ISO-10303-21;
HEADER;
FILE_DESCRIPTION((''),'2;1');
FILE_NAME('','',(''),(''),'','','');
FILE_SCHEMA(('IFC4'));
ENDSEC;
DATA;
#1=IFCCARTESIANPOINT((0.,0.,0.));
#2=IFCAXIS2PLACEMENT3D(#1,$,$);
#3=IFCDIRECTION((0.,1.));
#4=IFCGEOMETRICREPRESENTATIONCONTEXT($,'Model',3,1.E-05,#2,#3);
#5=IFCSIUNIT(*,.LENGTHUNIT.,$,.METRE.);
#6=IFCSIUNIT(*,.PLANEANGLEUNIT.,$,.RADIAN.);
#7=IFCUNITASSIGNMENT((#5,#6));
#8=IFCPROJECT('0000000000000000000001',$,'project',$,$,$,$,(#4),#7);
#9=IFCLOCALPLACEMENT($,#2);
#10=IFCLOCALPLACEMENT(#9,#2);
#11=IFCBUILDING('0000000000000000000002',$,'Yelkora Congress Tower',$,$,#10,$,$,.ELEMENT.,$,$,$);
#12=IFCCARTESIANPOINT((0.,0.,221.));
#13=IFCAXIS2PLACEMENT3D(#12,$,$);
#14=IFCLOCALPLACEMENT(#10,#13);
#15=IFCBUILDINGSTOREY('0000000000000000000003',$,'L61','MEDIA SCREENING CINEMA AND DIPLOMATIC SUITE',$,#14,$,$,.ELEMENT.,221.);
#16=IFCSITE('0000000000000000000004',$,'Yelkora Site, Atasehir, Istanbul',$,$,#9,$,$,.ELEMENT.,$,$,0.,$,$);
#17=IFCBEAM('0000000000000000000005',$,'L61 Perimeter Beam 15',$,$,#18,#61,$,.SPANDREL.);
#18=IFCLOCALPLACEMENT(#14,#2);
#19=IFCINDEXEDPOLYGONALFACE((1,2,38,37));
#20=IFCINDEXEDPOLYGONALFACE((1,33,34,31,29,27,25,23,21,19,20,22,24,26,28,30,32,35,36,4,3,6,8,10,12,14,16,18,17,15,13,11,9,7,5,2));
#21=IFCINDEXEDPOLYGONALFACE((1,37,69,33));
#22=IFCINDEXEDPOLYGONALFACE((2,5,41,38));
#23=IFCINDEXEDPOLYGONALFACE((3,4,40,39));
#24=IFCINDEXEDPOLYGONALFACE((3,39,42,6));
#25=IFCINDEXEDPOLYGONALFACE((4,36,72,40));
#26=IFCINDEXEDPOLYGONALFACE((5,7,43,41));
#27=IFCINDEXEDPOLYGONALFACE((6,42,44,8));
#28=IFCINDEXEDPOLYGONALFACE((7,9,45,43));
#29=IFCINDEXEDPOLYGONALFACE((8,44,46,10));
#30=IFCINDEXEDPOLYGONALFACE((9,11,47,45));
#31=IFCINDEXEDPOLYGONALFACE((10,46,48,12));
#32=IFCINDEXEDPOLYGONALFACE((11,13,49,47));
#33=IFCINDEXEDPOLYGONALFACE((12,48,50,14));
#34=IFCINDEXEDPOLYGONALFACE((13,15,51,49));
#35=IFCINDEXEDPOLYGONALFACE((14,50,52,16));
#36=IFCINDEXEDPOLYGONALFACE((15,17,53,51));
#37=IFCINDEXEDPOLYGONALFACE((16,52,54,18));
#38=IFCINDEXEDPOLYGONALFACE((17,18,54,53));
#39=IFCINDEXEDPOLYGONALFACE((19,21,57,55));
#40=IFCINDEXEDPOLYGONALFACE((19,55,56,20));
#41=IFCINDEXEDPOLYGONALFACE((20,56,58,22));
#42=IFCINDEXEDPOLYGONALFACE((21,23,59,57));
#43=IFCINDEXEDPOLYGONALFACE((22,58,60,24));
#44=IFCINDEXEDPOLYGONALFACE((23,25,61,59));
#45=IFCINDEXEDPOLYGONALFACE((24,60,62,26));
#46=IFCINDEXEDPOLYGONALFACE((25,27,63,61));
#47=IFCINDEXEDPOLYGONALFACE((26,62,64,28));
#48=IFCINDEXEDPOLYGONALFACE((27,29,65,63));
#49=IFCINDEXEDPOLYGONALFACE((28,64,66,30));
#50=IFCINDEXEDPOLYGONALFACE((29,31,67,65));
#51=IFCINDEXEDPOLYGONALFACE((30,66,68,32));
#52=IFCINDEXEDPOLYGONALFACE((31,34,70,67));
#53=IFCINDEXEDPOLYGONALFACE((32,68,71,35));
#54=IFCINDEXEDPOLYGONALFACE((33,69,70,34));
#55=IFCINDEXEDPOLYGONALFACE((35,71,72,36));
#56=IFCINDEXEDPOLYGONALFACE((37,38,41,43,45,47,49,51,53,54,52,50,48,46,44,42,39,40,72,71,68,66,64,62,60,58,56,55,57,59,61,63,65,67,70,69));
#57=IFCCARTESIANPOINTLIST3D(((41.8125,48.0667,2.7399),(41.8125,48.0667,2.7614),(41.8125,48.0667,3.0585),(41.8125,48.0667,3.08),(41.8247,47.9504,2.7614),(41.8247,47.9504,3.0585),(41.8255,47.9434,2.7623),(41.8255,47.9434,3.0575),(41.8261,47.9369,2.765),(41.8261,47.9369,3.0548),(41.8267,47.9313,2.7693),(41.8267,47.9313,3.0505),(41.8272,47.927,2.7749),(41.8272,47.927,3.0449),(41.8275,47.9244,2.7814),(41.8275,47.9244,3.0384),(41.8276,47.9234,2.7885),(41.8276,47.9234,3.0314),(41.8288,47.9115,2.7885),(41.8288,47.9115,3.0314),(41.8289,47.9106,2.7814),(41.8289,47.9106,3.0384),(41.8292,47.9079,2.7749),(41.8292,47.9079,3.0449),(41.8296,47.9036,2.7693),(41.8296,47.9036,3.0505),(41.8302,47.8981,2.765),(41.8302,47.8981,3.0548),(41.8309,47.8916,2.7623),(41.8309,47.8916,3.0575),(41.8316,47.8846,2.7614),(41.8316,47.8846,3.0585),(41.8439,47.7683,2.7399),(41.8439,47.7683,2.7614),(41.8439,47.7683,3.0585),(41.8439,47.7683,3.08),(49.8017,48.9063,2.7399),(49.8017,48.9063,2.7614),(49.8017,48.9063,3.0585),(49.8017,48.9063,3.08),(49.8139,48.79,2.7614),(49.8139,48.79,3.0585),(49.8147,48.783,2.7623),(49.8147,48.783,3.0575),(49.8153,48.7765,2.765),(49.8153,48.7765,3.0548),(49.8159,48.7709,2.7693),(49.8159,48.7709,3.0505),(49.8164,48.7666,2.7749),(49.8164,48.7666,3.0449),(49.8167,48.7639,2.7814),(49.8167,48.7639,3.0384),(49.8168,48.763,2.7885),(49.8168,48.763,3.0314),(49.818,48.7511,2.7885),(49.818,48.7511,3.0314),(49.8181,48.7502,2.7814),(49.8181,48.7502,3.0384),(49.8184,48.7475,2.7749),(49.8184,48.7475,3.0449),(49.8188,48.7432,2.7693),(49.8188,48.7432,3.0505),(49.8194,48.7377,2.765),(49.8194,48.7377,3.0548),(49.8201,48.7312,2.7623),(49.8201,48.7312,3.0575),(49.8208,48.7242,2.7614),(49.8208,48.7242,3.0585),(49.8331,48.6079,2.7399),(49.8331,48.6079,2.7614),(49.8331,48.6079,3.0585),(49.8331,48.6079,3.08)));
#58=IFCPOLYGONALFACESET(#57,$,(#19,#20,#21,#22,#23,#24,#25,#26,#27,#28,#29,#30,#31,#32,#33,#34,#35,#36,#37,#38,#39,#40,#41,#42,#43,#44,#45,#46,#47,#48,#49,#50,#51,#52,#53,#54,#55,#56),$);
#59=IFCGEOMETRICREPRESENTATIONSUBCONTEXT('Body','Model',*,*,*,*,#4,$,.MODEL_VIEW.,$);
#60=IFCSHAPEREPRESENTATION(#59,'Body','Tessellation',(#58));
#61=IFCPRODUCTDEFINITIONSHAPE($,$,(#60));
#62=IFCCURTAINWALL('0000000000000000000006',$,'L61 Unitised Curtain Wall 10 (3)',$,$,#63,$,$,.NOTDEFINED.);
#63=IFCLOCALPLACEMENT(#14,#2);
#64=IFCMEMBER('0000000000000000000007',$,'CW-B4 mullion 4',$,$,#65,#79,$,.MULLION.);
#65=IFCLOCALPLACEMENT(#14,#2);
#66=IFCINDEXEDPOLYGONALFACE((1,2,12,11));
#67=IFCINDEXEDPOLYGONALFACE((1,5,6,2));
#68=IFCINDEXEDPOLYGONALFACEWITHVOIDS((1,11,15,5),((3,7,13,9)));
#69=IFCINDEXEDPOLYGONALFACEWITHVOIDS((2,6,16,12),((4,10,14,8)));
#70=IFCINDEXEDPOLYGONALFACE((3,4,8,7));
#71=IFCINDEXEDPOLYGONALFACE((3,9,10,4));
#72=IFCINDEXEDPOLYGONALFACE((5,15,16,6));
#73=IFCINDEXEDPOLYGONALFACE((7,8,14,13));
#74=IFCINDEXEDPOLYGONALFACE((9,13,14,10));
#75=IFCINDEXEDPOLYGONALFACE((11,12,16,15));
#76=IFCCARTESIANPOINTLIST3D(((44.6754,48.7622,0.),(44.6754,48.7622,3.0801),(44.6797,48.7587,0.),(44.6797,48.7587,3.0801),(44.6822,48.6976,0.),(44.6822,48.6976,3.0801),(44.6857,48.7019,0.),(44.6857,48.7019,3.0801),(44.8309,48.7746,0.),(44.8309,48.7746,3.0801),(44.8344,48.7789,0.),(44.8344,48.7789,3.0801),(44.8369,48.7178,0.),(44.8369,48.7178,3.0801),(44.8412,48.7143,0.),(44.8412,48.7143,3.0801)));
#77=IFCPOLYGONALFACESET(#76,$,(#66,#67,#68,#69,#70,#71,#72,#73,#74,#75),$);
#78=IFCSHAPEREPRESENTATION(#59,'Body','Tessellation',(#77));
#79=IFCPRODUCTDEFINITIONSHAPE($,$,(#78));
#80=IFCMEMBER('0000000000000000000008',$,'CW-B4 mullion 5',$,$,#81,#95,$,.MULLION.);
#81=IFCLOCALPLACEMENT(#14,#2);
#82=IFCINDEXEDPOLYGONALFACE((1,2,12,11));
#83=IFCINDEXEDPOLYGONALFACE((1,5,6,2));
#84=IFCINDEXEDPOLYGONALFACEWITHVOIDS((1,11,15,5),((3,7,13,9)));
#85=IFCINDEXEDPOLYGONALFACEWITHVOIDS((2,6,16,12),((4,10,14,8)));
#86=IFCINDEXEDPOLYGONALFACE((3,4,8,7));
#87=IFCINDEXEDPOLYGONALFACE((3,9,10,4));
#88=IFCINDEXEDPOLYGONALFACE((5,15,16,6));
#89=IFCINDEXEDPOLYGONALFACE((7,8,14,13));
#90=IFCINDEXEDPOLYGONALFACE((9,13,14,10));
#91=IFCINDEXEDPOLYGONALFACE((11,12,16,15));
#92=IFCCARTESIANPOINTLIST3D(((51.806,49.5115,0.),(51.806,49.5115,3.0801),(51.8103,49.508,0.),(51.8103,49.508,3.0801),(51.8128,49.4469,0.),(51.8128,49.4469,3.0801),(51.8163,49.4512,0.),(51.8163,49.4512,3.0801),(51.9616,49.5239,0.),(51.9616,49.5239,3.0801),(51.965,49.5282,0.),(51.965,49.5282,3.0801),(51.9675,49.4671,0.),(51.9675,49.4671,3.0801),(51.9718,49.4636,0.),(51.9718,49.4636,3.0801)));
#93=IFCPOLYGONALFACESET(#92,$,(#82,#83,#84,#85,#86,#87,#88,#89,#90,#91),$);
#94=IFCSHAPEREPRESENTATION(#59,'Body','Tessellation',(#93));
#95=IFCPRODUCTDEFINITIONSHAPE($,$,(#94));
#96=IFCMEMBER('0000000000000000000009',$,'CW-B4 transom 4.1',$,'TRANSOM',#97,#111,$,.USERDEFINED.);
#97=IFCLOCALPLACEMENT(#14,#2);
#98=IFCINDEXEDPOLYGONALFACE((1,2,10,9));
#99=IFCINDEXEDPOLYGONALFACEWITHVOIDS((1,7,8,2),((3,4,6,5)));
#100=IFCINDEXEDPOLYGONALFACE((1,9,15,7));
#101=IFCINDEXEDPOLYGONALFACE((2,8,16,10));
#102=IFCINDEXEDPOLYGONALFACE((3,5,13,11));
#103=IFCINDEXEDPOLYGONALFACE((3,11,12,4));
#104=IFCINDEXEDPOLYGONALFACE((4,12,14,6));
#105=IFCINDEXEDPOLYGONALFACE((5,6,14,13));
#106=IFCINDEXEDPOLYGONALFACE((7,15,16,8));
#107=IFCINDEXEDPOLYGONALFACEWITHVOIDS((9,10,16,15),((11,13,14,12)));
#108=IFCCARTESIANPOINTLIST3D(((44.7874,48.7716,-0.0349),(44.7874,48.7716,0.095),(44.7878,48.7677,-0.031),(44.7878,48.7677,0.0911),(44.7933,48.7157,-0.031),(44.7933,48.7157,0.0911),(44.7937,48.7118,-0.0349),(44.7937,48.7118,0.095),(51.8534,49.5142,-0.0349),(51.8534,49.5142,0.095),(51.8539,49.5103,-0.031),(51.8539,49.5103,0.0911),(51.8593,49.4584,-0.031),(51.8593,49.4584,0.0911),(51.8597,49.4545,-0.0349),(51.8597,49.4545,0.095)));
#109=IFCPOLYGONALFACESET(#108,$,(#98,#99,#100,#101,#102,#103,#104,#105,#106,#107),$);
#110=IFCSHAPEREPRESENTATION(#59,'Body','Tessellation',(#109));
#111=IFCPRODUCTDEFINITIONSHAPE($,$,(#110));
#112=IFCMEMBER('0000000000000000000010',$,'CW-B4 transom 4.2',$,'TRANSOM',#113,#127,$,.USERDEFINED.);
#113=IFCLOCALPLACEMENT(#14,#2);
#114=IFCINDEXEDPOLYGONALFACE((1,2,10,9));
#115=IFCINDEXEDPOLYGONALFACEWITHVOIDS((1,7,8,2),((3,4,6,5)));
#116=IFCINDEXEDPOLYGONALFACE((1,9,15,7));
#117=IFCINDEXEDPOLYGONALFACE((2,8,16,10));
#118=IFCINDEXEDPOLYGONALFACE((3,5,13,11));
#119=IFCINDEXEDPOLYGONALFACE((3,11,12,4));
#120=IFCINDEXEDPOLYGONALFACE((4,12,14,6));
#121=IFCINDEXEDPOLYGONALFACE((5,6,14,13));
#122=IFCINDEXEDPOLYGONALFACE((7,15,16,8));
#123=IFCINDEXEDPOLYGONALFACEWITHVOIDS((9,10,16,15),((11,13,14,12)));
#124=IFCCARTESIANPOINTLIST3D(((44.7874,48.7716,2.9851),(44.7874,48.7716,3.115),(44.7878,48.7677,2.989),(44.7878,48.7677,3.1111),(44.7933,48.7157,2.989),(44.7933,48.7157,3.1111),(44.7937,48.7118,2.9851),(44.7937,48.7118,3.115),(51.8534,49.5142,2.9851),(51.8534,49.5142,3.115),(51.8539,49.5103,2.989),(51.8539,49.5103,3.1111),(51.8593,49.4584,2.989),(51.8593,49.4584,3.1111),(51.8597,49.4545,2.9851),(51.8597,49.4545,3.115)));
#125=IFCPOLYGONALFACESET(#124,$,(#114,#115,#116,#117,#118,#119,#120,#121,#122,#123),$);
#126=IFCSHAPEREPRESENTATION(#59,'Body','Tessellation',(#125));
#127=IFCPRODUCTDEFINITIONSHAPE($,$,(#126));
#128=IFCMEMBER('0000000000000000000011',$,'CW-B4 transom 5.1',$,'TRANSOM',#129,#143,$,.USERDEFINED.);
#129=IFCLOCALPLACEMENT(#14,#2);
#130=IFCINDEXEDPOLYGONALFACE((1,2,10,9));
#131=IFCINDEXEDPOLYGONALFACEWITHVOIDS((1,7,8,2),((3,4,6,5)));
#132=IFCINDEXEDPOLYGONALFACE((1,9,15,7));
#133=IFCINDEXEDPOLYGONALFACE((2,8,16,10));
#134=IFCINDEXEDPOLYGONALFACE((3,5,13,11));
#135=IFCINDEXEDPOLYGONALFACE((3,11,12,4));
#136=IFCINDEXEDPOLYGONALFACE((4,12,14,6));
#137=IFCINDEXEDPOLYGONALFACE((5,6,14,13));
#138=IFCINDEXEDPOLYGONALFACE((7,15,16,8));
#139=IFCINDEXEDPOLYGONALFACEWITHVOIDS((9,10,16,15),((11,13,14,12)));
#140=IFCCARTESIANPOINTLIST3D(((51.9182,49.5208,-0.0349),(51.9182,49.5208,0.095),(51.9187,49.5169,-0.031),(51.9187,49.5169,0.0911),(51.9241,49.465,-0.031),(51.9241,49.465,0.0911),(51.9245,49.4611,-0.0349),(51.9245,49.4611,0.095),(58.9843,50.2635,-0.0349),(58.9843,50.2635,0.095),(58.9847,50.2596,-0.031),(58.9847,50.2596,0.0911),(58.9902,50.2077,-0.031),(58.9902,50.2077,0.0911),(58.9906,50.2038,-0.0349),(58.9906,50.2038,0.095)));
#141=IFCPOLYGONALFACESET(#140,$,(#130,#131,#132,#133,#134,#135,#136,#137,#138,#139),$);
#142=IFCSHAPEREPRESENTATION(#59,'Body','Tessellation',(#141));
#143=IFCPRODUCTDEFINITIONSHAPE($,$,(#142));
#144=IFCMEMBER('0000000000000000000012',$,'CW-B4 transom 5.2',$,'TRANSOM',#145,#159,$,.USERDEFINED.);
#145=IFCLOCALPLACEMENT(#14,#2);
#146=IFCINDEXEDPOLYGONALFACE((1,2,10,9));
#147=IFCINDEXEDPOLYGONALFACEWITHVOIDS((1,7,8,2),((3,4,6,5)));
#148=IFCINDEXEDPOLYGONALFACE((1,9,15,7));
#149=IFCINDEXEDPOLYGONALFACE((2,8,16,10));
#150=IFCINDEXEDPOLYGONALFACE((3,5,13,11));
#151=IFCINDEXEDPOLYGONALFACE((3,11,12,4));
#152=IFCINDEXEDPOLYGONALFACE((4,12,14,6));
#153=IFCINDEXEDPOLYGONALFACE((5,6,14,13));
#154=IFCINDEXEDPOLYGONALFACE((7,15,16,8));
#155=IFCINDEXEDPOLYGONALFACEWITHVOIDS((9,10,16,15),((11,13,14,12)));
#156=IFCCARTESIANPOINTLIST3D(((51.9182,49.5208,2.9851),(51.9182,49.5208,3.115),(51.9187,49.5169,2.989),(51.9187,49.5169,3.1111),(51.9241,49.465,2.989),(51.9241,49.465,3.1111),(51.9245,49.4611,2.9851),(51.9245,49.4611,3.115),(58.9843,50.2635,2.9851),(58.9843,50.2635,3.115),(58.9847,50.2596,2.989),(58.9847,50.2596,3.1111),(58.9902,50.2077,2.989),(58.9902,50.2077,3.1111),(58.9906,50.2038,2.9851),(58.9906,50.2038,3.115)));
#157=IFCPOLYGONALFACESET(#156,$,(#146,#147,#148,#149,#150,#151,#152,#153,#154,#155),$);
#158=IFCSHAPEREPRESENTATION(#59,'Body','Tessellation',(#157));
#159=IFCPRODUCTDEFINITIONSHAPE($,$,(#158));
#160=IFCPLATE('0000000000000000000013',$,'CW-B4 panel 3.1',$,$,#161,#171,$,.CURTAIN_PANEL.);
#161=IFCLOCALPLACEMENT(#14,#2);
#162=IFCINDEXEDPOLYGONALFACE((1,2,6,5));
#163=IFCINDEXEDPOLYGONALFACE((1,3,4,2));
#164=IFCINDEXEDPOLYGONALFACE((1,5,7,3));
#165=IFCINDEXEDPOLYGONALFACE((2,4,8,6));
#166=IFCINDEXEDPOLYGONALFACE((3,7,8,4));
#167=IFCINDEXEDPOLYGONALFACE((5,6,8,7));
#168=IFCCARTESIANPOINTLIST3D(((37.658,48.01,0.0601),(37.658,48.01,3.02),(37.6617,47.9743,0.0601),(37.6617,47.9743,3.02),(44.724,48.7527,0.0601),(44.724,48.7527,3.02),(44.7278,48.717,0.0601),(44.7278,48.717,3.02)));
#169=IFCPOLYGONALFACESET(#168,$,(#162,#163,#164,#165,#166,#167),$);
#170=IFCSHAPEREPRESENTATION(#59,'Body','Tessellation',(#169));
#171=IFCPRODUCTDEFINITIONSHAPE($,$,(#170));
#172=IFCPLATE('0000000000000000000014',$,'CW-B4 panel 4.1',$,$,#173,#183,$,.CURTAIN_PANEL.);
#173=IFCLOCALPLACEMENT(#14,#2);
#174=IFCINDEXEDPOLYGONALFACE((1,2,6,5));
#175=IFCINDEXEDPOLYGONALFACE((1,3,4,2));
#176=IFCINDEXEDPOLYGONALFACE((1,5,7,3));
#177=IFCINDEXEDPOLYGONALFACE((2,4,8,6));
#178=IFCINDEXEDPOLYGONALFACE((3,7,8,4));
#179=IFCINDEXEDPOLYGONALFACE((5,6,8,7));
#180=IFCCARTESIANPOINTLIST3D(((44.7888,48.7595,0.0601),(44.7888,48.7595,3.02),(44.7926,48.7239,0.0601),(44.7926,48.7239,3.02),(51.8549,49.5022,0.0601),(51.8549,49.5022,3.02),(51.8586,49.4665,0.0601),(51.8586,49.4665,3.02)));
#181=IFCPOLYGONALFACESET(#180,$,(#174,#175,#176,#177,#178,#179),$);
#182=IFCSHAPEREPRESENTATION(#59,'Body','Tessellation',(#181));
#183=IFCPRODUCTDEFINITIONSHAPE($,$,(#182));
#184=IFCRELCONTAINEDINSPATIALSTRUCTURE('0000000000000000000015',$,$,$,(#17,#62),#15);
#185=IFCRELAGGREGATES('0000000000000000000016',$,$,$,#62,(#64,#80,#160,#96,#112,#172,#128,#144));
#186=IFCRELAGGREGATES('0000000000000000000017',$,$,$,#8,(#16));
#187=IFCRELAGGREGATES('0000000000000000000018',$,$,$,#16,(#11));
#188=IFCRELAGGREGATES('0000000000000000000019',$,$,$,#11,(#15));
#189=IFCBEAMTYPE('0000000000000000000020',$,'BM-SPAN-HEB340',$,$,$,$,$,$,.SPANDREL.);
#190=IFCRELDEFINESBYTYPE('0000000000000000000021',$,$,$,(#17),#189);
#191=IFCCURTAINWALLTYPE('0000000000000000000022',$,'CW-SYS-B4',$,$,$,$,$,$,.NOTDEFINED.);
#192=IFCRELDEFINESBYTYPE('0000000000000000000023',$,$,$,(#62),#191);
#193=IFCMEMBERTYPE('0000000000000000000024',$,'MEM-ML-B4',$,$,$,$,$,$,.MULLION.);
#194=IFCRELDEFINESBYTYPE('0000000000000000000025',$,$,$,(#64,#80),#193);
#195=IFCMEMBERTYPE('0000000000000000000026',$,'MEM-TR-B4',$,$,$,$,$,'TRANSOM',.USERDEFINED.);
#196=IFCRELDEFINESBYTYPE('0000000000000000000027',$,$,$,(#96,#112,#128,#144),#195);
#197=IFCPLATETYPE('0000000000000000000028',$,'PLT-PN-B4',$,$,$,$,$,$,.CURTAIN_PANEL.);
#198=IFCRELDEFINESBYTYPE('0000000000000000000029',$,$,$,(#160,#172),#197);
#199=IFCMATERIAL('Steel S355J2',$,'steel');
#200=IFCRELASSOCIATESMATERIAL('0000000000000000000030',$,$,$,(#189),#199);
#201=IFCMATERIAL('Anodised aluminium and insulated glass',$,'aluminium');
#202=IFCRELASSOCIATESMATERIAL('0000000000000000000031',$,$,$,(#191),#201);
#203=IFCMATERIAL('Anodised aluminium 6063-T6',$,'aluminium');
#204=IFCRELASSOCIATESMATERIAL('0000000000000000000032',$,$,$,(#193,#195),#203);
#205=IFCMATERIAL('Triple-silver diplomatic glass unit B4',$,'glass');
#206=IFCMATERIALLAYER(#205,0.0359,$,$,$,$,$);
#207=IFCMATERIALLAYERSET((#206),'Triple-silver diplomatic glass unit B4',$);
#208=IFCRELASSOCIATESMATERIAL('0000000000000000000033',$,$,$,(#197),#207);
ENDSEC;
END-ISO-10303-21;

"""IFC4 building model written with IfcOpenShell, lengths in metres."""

from ifc_helpers import new_model, si_unit, direction, frame, origin, origin_2d, place, context, subcontext, project, spatial, rectangle, hollow_rectangle, i_section, extrude, material, layer, layer_set, material_profile, profile_set, type_object, element, aggregate, save


model = new_model("IFC4")

# Units and contexts
model_context = context("Model", 3, precision=1e-05, world=origin(), true_north=direction((0.0, 1.0)))
body_context = subcontext(model_context, "Body", "Model", "MODEL_VIEW")
ifc_project = project(units=[si_unit("LENGTHUNIT", "METRE"), si_unit("PLANEANGLEUNIT", "RADIAN")], contexts=[model_context])

# Site, building, storey
site_placement = place(None, origin())
site = spatial("IfcSite", under=ifc_project, at=site_placement, Name="Yelkora Site, Atasehir, Istanbul", CompositionType="ELEMENT", RefElevation=0.0)
building_placement = place(site_placement, origin())
building = spatial("IfcBuilding", under=site, at=building_placement, Name="Yelkora Congress Tower", CompositionType="ELEMENT")
storey_placement = place(building_placement, frame((0.0, 0.0, 221.0)))
storey = spatial("IfcBuildingStorey", under=building, at=storey_placement, Name="L61", Description="MEDIA SCREENING CINEMA AND DIPLOMATIC SUITE", CompositionType="ELEMENT", Elevation=221.0)

# Shared definitions
ifc_material_1 = material(Name="Steel S355J2", Category="steel")

# Beam
ifc_material_profile_1 = material_profile(ifc_material_1, i_section(OverallWidth=0.3, OverallDepth=0.3401, WebThickness=0.012, FlangeThickness=0.0215, FilletRadius=0.0271, at=origin_2d()), Name="HEB 340")
ifc_profile_set_1 = profile_set([ifc_material_profile_1], Name="Steel S355J2")
beam_type_1 = type_object("IfcBeamType", Name="BM-SPAN-HEB340", PredefinedType="SPANDREL", material=ifc_profile_set_1)
beam_1_placement = place(storey_placement, frame((49.8174, 48.7571, 2.9099), z_axis=(-0.994523, -0.104516, 0.0), x_axis=(0.104516, -0.994523, 0.0)))
element("IfcBeam", 1, at=beam_1_placement, inside=storey, type_object=beam_type_1, Name="L61 Perimeter Beam 15", PredefinedType="SPANDREL", context=body_context, shape_type="SweptSolid", body=[
    extrude(i_section(OverallWidth=0.3, OverallDepth=0.3401, WebThickness=0.012, FlangeThickness=0.0215, FilletRadius=0.0271, at=origin_2d()), origin(), (0.0, 0.0, 1.0), 8.0332),
])

# Curtain wall, members, plates
ifc_material_2 = material(Name="Anodised aluminium and insulated glass", Category="aluminium")
curtain_wall_type = type_object("IfcCurtainWallType", Name="CW-SYS-B4", PredefinedType="NOTDEFINED", material=ifc_material_2)
curtain_wall_placement = place(storey_placement, origin())
curtain_wall = element("IfcCurtainWall", 2, at=curtain_wall_placement, inside=storey, type_object=curtain_wall_type, Name="L61 Unitised Curtain Wall 10 (3)", PredefinedType="NOTDEFINED")
ifc_material_3 = material(Name="Anodised aluminium 6063-T6", Category="aluminium")
ifc_material_profile_2 = material_profile(ifc_material_3, hollow_rectangle(XDim=0.0649, YDim=0.1599, WallThickness=0.0039, at=origin_2d()), Name="ALU 65x160x4")
ifc_profile_set_2 = profile_set([ifc_material_profile_2], Name="Anodised aluminium 6063-T6")
member_type_1 = type_object("IfcMemberType", Name="MEM-ML-B4", PredefinedType="MULLION", material=ifc_profile_set_2)
member_1_placement = place(storey_placement, frame((44.7583, 48.7383, 0.0), z_axis=(0.0, 0.0, 1.0), x_axis=(-0.104528, 0.994522, 0.0)))
member_1 = element("IfcMember", 3, at=member_1_placement, type_object=member_type_1, Name="CW-B4 mullion 4", PredefinedType="MULLION", context=body_context, shape_type="SweptSolid", body=[
    extrude(hollow_rectangle(XDim=0.0649, YDim=0.1599, WallThickness=0.0039, at=origin_2d()), origin(), (0.0, 0.0, 1.0), 3.0801),
])
member_2_placement = place(storey_placement, frame((51.8889, 49.4875, 0.0), z_axis=(0.0, 0.0, 1.0), x_axis=(-0.104528, 0.994522, 0.0)))
member_2 = element("IfcMember", 4, at=member_2_placement, type_object=member_type_1, Name="CW-B4 mullion 5", PredefinedType="MULLION", context=body_context, shape_type="SweptSolid", body=[
    extrude(hollow_rectangle(XDim=0.0649, YDim=0.1599, WallThickness=0.0039, at=origin_2d()), origin(), (0.0, 0.0, 1.0), 3.0801),
])
ifc_material_profile_3 = material_profile(ifc_material_3, hollow_rectangle(XDim=0.0601, YDim=0.1299, WallThickness=0.0039, at=origin_2d()), Name="ALU 60x130x4")
ifc_profile_set_3 = profile_set([ifc_material_profile_3], Name="Anodised aluminium 6063-T6")
member_type_2 = type_object("IfcMemberType", Name="MEM-TR-B4", ElementType="TRANSOM", PredefinedType="USERDEFINED", material=ifc_profile_set_3)
member_3_placement = place(storey_placement, frame((44.7905, 48.7417, 0.03), z_axis=(0.994522, 0.104527, 0.0), x_axis=(-0.104527, 0.994522, 0.0)))
member_3 = element("IfcMember", 5, at=member_3_placement, type_object=member_type_2, Name="CW-B4 transom 4.1", ObjectType="TRANSOM", PredefinedType="USERDEFINED", context=body_context, shape_type="SweptSolid", body=[
    extrude(hollow_rectangle(XDim=0.0601, YDim=0.1299, WallThickness=0.0039, at=origin_2d()), origin(), (0.0, 0.0, 1.0), 7.105),
])
member_4_placement = place(storey_placement, frame((44.7905, 48.7417, 3.05), z_axis=(0.994522, 0.104527, 0.0), x_axis=(-0.104527, 0.994522, 0.0)))
member_4 = element("IfcMember", 6, at=member_4_placement, type_object=member_type_2, Name="CW-B4 transom 4.2", ObjectType="TRANSOM", PredefinedType="USERDEFINED", context=body_context, shape_type="SweptSolid", body=[
    extrude(hollow_rectangle(XDim=0.0601, YDim=0.1299, WallThickness=0.0039, at=origin_2d()), origin(), (0.0, 0.0, 1.0), 7.105),
])
member_5_placement = place(storey_placement, frame((51.9214, 49.491, 0.03), z_axis=(0.994522, 0.104527, 0.0), x_axis=(-0.104527, 0.994522, 0.0)))
member_5 = element("IfcMember", 7, at=member_5_placement, type_object=member_type_2, Name="CW-B4 transom 5.1", ObjectType="TRANSOM", PredefinedType="USERDEFINED", context=body_context, shape_type="SweptSolid", body=[
    extrude(hollow_rectangle(XDim=0.0601, YDim=0.1299, WallThickness=0.0039, at=origin_2d()), origin(), (0.0, 0.0, 1.0), 7.105),
])
member_6_placement = place(storey_placement, frame((51.9214, 49.491, 3.05), z_axis=(0.994522, 0.104527, 0.0), x_axis=(-0.104527, 0.994522, 0.0)))
member_6 = element("IfcMember", 8, at=member_6_placement, type_object=member_type_2, Name="CW-B4 transom 5.2", ObjectType="TRANSOM", PredefinedType="USERDEFINED", context=body_context, shape_type="SweptSolid", body=[
    extrude(hollow_rectangle(XDim=0.0601, YDim=0.1299, WallThickness=0.0039, at=origin_2d()), origin(), (0.0, 0.0, 1.0), 7.105),
])
ifc_material_4 = material(Name="Triple-silver diplomatic glass unit B4", Category="glass")
ifc_layer_1 = layer(ifc_material_4, 0.0359)
ifc_layer_set_1 = layer_set([ifc_layer_1], Name="Triple-silver diplomatic glass unit B4")
plate_type = type_object("IfcPlateType", Name="PLT-PN-B4", PredefinedType="CURTAIN_PANEL", material=ifc_layer_set_1)
plate_1_placement = place(storey_placement, frame((41.1929, 48.3635, 0.0601), z_axis=(0.0, 0.0, 1.0), x_axis=(0.994522, 0.104528, 0.0)))
plate_1 = element("IfcPlate", 9, at=plate_1_placement, type_object=plate_type, Name="CW-B4 panel 3.1", PredefinedType="CURTAIN_PANEL", context=body_context, shape_type="SweptSolid", body=[
    extrude(rectangle(XDim=7.105, YDim=0.0359, at=origin_2d()), origin(), (0.0, 0.0, 1.0), 2.96),
])
plate_2_placement = place(storey_placement, frame((48.3237, 49.113, 0.0601), z_axis=(0.0, 0.0, 1.0), x_axis=(0.994522, 0.104528, 0.0)))
plate_2 = element("IfcPlate", 10, at=plate_2_placement, type_object=plate_type, Name="CW-B4 panel 4.1", PredefinedType="CURTAIN_PANEL", context=body_context, shape_type="SweptSolid", body=[
    extrude(rectangle(XDim=7.105, YDim=0.0359, at=origin_2d()), origin(), (0.0, 0.0, 1.0), 2.96),
])
aggregate(curtain_wall, [member_1, member_2, plate_1, member_3, member_4, plate_2, member_5, member_6])

save(model, "model.ifc")
